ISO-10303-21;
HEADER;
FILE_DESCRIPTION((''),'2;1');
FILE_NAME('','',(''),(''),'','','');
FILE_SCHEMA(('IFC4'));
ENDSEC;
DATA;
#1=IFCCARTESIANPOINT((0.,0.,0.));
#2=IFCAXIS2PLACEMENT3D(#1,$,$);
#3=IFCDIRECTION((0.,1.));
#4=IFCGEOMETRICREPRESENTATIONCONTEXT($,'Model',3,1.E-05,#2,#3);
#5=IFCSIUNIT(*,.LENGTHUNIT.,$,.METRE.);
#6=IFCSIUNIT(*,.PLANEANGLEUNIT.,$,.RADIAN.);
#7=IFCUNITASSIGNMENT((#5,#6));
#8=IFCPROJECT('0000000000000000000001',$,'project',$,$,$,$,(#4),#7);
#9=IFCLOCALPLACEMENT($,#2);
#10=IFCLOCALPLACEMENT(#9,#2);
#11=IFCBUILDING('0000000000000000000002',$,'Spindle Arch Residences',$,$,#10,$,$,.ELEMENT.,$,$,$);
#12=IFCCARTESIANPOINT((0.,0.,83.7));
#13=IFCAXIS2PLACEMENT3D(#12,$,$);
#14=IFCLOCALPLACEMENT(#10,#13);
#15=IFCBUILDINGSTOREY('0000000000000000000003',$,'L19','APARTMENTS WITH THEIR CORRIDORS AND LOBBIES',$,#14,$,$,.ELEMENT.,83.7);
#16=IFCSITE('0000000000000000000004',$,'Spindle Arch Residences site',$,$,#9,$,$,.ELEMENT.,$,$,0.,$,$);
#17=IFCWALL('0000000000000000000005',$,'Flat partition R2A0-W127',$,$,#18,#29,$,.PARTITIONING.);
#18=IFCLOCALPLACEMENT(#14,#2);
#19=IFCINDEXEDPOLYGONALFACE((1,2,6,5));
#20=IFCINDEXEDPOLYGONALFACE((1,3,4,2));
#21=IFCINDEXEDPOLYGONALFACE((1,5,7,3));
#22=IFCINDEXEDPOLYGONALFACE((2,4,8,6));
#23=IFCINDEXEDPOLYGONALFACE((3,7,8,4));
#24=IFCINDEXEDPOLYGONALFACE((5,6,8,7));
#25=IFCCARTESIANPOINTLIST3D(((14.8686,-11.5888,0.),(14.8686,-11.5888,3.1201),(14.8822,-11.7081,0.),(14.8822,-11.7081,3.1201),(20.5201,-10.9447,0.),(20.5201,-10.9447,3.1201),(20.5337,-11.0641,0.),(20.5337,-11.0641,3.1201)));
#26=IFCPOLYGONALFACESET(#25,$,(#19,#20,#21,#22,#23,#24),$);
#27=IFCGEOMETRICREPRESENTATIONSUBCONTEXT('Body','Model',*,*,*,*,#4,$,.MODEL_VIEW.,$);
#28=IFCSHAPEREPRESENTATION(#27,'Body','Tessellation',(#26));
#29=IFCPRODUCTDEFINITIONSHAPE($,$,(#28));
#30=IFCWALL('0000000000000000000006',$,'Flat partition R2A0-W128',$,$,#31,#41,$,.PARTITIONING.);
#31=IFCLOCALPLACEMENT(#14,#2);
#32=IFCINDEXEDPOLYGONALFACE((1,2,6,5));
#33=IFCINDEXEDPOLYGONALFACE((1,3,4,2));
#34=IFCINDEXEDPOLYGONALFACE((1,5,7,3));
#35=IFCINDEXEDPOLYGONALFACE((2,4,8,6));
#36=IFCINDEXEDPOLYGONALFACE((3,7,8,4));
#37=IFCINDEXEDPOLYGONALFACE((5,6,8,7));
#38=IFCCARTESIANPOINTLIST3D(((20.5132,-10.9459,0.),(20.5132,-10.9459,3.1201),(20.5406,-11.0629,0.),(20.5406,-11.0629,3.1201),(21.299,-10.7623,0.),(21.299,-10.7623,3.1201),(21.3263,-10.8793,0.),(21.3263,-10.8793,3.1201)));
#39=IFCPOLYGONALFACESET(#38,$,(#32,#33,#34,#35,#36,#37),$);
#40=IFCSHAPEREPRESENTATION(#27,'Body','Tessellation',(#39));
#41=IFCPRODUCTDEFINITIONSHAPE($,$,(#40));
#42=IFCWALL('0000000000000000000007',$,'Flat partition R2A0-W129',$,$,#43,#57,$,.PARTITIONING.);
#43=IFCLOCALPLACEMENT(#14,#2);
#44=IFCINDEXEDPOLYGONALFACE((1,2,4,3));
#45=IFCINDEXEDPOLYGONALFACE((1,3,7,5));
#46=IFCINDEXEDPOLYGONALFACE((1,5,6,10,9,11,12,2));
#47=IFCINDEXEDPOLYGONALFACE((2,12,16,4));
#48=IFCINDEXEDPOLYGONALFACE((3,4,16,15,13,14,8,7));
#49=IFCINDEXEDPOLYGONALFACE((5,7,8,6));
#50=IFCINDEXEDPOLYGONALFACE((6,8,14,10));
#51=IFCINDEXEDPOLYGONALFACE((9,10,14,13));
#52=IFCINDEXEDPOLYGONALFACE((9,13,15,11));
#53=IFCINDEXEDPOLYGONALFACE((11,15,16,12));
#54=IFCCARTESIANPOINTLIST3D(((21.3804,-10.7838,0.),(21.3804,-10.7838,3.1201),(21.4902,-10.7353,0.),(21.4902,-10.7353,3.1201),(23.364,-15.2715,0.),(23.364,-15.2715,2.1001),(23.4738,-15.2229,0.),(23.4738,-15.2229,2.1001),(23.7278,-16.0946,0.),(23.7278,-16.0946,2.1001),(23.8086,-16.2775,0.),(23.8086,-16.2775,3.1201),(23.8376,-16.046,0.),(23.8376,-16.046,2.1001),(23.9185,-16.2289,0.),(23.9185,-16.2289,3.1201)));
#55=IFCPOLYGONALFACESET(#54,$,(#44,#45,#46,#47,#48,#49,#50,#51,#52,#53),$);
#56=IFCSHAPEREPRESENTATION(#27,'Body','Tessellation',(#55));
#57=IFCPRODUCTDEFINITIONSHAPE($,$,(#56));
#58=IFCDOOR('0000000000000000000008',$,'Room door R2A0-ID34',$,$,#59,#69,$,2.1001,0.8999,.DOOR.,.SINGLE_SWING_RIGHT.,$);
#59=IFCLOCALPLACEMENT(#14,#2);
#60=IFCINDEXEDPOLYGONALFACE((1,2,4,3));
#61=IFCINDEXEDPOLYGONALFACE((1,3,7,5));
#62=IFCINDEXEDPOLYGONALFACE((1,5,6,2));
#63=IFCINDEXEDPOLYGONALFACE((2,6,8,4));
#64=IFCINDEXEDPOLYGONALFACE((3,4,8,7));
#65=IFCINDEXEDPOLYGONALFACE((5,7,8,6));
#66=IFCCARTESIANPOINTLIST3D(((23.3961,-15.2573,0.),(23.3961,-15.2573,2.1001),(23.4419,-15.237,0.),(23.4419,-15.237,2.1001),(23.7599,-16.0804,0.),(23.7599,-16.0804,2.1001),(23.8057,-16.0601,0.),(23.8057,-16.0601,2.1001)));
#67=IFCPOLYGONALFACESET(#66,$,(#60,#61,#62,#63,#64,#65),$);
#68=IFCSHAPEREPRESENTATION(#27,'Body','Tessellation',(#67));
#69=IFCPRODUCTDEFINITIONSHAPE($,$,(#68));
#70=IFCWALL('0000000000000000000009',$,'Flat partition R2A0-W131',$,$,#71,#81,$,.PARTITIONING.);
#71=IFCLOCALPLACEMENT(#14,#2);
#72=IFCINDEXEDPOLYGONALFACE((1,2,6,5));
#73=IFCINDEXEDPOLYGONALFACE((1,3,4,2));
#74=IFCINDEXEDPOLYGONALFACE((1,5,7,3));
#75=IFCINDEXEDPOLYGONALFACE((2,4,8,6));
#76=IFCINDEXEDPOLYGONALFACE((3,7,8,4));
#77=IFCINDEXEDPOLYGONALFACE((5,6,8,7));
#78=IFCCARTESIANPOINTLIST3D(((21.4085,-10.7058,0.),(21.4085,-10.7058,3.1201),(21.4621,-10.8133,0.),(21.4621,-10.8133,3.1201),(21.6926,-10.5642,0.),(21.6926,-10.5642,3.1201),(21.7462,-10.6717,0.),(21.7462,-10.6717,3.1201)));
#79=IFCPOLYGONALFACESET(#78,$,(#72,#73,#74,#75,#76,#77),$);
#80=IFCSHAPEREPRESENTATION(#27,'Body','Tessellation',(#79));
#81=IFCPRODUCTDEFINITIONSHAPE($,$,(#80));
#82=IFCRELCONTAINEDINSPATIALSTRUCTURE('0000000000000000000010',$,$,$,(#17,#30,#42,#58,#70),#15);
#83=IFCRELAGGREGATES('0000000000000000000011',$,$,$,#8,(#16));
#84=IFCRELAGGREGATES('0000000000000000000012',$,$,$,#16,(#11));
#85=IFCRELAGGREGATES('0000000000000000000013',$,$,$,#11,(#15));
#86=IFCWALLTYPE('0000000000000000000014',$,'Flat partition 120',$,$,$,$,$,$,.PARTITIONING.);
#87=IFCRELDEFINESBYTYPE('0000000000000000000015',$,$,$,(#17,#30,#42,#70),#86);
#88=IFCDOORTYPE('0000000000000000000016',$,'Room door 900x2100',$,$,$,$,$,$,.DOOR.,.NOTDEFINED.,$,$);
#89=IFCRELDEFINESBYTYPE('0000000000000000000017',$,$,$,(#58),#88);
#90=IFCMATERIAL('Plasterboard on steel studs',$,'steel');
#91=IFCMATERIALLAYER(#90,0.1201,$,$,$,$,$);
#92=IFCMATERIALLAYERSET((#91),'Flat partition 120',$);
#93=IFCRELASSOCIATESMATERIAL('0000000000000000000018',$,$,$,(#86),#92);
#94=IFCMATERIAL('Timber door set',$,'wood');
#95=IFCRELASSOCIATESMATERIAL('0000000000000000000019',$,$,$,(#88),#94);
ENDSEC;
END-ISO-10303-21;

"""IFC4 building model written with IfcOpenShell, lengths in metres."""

from ifc_helpers import new_model, si_unit, direction, frame, frame_2d, origin, place, context, subcontext, project, spatial, rectangle, extrude, material, layer, layer_set, type_object, element, fill, save


model = new_model("IFC4")

# Units and contexts
model_context = context("Model", 3, precision=1e-05, world=origin(), true_north=direction((0.0, 1.0)))
body_context = subcontext(model_context, "Body", "Model", "MODEL_VIEW")
ifc_project = project(units=[si_unit("LENGTHUNIT", "METRE"), si_unit("PLANEANGLEUNIT", "RADIAN")], contexts=[model_context])

# Site, building, storey
site_placement = place(None, origin())
site = spatial("IfcSite", under=ifc_project, at=site_placement, Name="Spindle Arch Residences site", CompositionType="ELEMENT", RefElevation=0.0)
building_placement = place(site_placement, origin())
building = spatial("IfcBuilding", under=site, at=building_placement, Name="Spindle Arch Residences", CompositionType="ELEMENT")
storey_placement = place(building_placement, frame((0.0, 0.0, 83.7)))
storey = spatial("IfcBuildingStorey", under=building, at=storey_placement, Name="L19", Description="APARTMENTS WITH THEIR CORRIDORS AND LOBBIES", CompositionType="ELEMENT", Elevation=83.7)

# Shared definitions
ifc_material_1 = material(Name="Plasterboard on steel studs", Category="steel")
ifc_layer_1 = layer(ifc_material_1, 0.1201)
ifc_layer_set_1 = layer_set([ifc_layer_1], Name="Flat partition 120")
wall_type = type_object("IfcWallType", Name="Flat partition 120", PredefinedType="PARTITIONING", material=ifc_layer_set_1)

# Shared definitions
ifc_material_2 = material(Name="Timber door set", Category="wood")
door_type = type_object("IfcDoorType", Name="Room door 900x2100", OperationType="NOTDEFINED", PredefinedType="DOOR", material=ifc_material_2)

# Walls
wall_1_placement = place(storey_placement, frame((20.5269, -11.0044, 0.0), z_axis=(0.0, 0.0, 1.0), x_axis=(-0.993569, -0.113229, 0.0)))
element("IfcWall", 1, at=wall_1_placement, inside=storey, type_object=wall_type, Name="Flat partition R2A0-W127", PredefinedType="PARTITIONING", context=body_context, shape_type="SweptSolid", body=[
    extrude(rectangle(XDim=5.688, YDim=0.1201, at=frame_2d((2.844, 0.0))), origin(), (0.0, 0.0, 1.0), 3.1201),
])
wall_2_placement = place(storey_placement, frame((21.3125, -10.8208, 0.0), z_axis=(0.0, 0.0, 1.0), x_axis=(-0.973765, -0.227555, 0.0)))
element("IfcWall", 2, at=wall_2_placement, inside=storey, type_object=wall_type, Name="Flat partition R2A0-W128", PredefinedType="PARTITIONING", context=body_context, shape_type="SweptSolid", body=[
    extrude(rectangle(XDim=0.8069, YDim=0.1201, at=frame_2d((0.4033, 0.0))), origin(), (0.0, 0.0, 1.0), 3.1201),
])

# Wall, opening, door
wall_3_placement = place(storey_placement, frame((23.8635, -16.2532, 0.0), z_axis=(0.0, 0.0, 1.0), x_axis=(-0.404275, 0.914638, 0.0)))
wall_3 = element("IfcWall", 3, at=wall_3_placement, inside=storey, type_object=wall_type, Name="Flat partition R2A0-W129", PredefinedType="PARTITIONING", context=body_context, shape_type="SweptSolid", body=[
    extrude(rectangle(XDim=6.0063, YDim=0.1201, at=frame_2d((3.0032, 0.0))), origin(), (0.0, 0.0, 1.0), 3.1201),
])
opening_1_placement = place(wall_3_placement, frame((0.2, 0.0, 0.0)))
opening_1 = element("IfcOpeningElement", 4, at=opening_1_placement, cuts=wall_3, PredefinedType="OPENING", context=body_context, shape_type="SweptSolid", body=[
    extrude(rectangle(XDim=0.8999, YDim=2.1001, at=frame_2d((0.45, 1.05))), frame((0.0, 0.0701, 0.0), z_axis=(0.0, -1.0, 0.0), x_axis=(1.0, 0.0, 0.0)), (0.0, 0.0, 1.0), 0.1401),
])
door_1_placement = place(opening_1_placement, origin())
door_1 = element("IfcDoor", 5, at=door_1_placement, inside=storey, type_object=door_type, Name="Room door R2A0-ID34", OperationType="SINGLE_SWING_RIGHT", OverallHeight=2.1001, OverallWidth=0.8999, PredefinedType="DOOR", context=body_context, shape_type="SweptSolid", body=[
    extrude(rectangle(XDim=0.8999, YDim=2.1001, at=frame_2d((0.45, 1.05))), frame((0.0, 0.0249, 0.0), z_axis=(0.0, -1.0, 0.0), x_axis=(1.0, 0.0, 0.0)), (0.0, 0.0, 1.0), 0.05),
])
fill(opening_1, door_1)

# Wall
wall_4_placement = place(storey_placement, frame((21.4353, -10.7595, 0.0), z_axis=(0.0, 0.0, 1.0), x_axis=(0.895041, 0.445983, 0.0)))
element("IfcWall", 6, at=wall_4_placement, inside=storey, type_object=wall_type, Name="Flat partition R2A0-W131", PredefinedType="PARTITIONING", context=body_context, shape_type="SweptSolid", body=[
    extrude(rectangle(XDim=0.3174, YDim=0.1201, at=frame_2d((0.1587, 0.0))), origin(), (0.0, 0.0, 1.0), 3.1201),
])

save(model, "model.ifc")
